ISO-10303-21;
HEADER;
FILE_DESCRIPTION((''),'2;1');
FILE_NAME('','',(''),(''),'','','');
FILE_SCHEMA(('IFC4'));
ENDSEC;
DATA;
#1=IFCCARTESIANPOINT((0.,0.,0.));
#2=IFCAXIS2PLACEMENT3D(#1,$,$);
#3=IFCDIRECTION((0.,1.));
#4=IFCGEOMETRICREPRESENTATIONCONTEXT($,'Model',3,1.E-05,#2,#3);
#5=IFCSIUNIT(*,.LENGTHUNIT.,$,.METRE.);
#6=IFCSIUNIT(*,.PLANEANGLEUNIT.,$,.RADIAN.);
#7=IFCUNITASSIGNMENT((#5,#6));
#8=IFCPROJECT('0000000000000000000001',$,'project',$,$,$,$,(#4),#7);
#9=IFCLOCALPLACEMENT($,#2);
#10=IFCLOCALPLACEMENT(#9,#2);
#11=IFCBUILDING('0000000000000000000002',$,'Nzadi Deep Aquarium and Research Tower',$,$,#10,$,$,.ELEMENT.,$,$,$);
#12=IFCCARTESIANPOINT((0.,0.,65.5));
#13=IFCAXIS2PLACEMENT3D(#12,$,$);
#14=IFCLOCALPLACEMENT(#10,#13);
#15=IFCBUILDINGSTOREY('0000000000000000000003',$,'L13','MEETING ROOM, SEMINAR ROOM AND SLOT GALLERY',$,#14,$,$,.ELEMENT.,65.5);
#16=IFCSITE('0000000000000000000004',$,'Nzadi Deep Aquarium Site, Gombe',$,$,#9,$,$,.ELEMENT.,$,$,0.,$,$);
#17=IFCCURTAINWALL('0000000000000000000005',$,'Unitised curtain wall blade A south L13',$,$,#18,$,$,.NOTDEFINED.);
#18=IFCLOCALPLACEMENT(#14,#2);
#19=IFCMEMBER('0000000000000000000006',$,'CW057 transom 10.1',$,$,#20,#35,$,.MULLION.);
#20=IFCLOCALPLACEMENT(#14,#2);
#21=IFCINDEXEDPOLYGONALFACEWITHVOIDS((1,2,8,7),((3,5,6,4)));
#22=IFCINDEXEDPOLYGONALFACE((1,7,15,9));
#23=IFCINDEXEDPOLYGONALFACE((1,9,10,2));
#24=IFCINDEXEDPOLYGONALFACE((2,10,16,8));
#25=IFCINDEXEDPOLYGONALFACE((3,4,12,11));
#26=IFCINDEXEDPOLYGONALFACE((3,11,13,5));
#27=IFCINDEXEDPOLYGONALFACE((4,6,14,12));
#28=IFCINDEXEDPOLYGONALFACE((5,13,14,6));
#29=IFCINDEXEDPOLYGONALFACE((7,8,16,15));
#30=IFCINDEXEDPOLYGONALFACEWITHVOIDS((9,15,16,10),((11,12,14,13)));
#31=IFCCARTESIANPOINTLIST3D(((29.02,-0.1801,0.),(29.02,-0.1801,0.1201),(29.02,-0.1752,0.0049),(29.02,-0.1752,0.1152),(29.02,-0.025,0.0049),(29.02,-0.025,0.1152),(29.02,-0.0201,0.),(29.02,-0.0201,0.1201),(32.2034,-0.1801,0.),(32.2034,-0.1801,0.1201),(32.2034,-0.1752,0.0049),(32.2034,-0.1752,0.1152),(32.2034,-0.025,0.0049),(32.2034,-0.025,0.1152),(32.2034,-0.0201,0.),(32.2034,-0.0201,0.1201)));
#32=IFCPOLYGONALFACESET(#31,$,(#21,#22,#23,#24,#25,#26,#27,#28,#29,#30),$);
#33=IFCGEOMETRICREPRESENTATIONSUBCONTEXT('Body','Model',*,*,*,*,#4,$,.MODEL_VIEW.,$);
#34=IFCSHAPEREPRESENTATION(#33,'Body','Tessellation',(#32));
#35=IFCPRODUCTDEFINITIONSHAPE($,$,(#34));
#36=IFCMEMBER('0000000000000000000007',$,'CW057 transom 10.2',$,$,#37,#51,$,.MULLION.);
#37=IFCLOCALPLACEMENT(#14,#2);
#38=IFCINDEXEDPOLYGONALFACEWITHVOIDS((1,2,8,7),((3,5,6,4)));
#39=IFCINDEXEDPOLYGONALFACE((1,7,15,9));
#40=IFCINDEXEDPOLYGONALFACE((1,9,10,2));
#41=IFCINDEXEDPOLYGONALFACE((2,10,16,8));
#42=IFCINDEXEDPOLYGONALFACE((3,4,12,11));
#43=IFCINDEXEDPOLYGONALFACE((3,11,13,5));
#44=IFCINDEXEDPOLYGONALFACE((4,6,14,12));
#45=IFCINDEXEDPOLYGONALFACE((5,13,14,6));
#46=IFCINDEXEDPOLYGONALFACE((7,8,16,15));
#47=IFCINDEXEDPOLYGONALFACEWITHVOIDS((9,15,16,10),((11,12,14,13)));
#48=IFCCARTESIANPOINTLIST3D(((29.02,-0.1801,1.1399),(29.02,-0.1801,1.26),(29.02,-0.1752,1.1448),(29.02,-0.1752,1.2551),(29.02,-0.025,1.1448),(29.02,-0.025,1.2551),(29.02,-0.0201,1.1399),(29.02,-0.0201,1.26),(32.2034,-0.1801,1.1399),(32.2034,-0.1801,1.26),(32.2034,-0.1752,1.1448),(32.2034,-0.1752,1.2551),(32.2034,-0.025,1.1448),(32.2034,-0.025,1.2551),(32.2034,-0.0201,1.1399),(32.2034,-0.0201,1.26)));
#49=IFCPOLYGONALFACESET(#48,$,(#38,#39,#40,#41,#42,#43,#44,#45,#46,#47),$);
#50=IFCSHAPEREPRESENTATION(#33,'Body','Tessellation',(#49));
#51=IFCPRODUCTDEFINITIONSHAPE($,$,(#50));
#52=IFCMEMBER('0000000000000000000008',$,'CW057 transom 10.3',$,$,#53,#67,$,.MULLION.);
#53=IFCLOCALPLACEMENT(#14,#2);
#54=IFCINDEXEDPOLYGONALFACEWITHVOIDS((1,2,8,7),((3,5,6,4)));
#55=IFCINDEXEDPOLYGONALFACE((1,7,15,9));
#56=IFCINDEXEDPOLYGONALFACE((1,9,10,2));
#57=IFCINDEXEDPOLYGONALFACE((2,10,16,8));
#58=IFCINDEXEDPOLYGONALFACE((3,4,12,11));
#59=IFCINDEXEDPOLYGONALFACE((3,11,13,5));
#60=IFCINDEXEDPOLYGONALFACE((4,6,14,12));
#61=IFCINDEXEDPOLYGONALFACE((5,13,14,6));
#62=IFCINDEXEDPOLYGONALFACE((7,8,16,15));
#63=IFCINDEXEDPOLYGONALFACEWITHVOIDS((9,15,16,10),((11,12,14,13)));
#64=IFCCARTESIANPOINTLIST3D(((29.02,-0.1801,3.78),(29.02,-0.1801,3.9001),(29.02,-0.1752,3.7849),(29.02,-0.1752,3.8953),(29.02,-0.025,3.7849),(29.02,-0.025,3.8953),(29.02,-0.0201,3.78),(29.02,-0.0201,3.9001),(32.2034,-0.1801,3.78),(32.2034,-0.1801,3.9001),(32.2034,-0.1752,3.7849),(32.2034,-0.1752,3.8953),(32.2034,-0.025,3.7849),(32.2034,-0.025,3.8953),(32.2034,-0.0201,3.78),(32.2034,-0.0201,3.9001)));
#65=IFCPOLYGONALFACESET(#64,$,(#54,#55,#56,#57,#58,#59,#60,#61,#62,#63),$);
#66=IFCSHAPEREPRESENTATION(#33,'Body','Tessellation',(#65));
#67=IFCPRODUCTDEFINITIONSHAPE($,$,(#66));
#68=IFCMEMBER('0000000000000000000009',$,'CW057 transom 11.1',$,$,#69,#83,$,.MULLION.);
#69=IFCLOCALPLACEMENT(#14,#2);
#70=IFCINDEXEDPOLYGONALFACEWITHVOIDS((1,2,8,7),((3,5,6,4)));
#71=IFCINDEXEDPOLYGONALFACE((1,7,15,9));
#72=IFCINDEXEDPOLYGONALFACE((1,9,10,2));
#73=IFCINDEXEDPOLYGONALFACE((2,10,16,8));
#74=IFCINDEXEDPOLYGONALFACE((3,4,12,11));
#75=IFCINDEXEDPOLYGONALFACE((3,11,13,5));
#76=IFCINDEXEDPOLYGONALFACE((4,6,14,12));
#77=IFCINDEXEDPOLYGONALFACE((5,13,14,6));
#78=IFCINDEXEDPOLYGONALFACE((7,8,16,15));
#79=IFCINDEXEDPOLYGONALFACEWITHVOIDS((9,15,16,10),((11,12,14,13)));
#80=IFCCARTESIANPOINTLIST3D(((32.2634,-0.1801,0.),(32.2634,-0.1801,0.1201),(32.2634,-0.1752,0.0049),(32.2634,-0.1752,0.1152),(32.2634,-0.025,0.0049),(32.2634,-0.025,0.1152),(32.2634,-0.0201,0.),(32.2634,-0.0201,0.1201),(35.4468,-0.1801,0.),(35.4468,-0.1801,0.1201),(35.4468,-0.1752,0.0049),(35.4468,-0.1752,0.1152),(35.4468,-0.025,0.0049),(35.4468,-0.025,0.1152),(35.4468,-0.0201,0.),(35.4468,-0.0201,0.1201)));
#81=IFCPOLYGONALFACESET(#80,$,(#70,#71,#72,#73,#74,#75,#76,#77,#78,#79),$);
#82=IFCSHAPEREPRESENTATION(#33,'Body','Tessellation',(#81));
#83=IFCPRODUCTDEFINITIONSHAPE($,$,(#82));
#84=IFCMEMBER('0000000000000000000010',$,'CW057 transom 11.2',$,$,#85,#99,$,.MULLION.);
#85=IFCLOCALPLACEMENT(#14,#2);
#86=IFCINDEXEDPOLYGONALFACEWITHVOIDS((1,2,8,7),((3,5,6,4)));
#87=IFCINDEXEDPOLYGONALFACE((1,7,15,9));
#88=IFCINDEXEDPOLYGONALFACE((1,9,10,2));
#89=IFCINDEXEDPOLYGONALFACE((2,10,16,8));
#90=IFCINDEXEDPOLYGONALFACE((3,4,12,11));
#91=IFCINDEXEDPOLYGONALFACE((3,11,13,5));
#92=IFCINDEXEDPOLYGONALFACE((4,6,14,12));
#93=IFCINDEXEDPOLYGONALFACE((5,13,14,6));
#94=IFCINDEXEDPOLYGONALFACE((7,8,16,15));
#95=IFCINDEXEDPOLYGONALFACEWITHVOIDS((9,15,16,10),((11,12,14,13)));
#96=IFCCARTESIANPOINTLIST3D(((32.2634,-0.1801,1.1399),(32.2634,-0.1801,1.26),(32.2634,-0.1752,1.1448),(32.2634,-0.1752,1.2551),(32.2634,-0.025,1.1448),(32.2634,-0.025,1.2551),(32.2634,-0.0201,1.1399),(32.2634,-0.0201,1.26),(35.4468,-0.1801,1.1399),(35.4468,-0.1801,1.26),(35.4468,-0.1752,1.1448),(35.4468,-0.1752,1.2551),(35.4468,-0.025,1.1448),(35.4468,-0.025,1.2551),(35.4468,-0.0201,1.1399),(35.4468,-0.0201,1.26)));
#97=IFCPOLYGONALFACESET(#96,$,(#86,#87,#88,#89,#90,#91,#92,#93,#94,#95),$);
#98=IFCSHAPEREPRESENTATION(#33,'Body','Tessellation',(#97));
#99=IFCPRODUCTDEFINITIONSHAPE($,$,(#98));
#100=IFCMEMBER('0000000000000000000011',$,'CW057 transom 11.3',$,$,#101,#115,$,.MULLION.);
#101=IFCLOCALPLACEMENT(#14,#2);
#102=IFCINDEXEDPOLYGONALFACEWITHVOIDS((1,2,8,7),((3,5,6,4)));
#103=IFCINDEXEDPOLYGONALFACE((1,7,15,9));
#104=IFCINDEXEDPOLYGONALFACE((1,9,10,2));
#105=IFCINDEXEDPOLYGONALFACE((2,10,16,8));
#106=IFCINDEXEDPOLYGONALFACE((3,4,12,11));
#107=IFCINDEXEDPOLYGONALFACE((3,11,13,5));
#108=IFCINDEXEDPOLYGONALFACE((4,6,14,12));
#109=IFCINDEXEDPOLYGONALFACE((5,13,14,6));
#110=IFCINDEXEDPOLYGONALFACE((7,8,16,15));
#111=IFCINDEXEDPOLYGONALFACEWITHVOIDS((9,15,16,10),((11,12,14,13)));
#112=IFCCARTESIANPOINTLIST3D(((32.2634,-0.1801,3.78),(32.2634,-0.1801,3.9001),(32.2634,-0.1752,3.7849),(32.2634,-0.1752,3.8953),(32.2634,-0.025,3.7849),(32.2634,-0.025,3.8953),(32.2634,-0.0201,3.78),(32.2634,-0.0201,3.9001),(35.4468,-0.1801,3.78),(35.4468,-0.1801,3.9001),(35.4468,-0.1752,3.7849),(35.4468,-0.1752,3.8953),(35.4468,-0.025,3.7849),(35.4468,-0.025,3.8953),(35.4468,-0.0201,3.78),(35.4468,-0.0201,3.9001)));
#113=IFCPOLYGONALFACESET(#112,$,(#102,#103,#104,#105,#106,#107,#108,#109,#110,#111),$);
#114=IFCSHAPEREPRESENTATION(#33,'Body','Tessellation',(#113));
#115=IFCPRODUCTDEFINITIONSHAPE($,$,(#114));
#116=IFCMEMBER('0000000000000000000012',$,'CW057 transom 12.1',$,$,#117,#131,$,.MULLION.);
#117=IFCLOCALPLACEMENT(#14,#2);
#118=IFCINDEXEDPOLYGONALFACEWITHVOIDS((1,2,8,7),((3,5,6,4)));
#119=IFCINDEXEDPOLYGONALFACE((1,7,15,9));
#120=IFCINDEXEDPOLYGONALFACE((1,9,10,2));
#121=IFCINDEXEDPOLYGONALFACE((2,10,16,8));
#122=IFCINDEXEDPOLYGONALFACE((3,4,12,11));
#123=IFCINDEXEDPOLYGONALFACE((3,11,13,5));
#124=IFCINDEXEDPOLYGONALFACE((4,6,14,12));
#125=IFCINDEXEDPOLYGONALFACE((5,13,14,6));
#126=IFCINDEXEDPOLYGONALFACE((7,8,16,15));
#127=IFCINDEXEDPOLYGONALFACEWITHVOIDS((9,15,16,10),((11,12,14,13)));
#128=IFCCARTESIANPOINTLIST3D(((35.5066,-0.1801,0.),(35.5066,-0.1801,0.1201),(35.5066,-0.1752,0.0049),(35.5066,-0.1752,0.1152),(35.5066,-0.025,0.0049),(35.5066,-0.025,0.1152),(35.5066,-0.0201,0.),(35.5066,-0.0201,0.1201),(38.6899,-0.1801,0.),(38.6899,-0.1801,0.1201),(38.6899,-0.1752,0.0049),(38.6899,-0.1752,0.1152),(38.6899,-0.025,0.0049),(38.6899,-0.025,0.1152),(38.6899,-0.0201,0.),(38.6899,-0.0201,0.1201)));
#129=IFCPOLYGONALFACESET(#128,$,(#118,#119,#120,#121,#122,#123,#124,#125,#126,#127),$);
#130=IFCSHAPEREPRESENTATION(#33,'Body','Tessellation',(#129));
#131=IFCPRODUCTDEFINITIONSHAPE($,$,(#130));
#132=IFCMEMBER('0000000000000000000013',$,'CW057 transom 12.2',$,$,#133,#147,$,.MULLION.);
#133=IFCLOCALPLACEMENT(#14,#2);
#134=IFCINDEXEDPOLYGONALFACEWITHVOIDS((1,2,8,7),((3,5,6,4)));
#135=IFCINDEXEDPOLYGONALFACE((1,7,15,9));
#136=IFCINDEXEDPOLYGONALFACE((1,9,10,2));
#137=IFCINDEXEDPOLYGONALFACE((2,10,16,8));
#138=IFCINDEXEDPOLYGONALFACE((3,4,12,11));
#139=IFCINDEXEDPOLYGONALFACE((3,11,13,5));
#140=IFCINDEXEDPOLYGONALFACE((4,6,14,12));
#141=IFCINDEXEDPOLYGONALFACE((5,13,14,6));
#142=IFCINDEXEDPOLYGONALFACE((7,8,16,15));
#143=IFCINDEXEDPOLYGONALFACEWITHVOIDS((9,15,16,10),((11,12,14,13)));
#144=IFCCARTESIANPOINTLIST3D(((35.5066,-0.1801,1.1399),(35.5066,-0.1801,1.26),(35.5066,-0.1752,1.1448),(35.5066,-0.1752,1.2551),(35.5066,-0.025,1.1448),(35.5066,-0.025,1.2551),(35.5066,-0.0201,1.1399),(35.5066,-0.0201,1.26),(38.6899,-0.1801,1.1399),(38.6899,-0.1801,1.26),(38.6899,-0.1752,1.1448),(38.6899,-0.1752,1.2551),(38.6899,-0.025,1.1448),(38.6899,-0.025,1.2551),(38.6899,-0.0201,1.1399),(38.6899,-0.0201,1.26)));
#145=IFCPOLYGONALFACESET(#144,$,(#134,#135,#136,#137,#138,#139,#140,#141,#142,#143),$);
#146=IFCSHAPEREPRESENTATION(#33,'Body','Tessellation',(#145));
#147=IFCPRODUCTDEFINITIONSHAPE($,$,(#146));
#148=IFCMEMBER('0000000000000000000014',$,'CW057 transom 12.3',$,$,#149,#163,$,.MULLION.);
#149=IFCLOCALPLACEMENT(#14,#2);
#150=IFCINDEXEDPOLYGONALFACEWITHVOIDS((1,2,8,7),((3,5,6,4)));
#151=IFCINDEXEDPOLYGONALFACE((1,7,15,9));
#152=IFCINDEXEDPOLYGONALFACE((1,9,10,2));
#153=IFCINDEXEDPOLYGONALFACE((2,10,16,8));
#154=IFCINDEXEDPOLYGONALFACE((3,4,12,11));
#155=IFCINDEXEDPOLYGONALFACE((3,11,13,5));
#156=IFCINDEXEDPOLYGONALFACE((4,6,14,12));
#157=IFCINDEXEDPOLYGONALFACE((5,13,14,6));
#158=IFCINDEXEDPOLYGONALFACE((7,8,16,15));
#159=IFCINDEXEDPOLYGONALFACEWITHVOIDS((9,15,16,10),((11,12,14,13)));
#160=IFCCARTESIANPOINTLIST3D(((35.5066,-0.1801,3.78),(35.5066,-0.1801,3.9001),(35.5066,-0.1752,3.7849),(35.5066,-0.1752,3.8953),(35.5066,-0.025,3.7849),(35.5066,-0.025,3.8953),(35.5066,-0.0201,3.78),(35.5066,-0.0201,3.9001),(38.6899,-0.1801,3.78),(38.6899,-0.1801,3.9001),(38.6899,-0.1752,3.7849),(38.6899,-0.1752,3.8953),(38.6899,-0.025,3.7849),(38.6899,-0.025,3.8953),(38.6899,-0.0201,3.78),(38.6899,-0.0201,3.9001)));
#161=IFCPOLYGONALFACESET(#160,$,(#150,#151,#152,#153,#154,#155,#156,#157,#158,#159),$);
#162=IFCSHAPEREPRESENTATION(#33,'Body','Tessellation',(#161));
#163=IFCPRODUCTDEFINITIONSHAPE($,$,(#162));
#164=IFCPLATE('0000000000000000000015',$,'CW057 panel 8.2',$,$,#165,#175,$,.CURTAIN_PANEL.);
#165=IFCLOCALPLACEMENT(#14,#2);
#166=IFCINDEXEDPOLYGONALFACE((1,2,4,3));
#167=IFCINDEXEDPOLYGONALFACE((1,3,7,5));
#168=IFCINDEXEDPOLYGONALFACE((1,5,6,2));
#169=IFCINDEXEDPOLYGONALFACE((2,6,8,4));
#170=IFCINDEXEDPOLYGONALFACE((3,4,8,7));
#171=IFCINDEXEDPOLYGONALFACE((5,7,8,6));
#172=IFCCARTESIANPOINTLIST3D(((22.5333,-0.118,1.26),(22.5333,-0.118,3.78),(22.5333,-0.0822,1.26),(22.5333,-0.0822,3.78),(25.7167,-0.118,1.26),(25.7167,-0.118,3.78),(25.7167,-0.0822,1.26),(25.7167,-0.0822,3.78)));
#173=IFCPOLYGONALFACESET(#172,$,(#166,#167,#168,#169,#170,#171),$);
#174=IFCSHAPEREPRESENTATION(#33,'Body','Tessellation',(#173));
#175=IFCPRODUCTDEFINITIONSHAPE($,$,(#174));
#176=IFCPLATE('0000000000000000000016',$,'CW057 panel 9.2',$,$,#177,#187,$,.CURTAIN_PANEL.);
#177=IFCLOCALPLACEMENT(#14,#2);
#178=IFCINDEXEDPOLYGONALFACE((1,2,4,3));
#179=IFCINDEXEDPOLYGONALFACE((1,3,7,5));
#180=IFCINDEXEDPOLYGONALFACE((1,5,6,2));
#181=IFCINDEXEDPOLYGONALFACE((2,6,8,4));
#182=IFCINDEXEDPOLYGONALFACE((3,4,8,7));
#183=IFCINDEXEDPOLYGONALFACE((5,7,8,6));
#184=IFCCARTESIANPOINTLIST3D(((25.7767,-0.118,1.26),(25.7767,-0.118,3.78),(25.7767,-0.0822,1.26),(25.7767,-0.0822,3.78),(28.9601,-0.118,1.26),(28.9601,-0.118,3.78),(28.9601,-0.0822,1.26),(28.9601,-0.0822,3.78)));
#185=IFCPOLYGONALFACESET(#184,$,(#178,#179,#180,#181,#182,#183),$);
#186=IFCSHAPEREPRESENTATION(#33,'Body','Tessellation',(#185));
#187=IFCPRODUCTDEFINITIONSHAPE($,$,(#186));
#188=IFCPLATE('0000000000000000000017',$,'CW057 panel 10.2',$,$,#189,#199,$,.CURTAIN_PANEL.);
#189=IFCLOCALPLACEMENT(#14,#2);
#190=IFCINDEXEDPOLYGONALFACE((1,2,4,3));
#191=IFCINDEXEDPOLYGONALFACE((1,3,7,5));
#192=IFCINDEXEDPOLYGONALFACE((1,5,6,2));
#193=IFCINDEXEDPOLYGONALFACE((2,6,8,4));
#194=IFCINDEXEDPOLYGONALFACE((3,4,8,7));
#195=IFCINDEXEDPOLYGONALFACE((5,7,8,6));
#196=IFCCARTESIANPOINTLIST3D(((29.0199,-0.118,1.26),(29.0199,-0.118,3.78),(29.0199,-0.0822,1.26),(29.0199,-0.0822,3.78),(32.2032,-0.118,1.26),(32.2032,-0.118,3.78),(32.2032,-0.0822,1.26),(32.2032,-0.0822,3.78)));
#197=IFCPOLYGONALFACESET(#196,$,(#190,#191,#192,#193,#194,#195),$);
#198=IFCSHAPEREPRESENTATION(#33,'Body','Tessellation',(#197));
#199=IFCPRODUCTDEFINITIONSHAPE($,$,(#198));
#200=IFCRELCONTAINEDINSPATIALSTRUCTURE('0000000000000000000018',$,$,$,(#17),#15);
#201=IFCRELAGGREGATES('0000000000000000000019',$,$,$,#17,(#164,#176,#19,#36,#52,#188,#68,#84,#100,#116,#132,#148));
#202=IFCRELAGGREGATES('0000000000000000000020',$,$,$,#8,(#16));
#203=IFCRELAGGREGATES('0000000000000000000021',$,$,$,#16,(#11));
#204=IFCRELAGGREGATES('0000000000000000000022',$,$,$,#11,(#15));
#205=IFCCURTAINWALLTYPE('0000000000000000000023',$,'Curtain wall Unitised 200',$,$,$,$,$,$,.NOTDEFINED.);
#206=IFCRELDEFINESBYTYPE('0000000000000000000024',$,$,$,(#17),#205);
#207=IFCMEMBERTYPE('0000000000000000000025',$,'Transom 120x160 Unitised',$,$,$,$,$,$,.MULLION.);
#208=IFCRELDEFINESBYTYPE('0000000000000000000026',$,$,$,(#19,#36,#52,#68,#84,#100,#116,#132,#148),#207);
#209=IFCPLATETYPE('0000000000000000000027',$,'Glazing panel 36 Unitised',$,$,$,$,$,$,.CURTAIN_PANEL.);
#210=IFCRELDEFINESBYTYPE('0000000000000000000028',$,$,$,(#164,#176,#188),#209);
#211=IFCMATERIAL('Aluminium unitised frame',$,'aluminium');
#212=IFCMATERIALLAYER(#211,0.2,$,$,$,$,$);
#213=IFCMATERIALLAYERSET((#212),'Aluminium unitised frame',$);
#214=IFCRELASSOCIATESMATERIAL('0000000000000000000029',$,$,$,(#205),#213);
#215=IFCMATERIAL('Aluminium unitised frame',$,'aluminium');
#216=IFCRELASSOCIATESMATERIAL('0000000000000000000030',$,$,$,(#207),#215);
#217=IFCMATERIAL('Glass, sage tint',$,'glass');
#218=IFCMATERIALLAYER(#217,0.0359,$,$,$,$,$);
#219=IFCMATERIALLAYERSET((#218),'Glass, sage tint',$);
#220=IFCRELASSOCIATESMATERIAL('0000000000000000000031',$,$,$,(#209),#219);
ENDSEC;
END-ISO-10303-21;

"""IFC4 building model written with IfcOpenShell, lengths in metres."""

from ifc_helpers import new_model, si_unit, direction, frame, origin, origin_2d, place, context, subcontext, project, spatial, rectangle, hollow_rectangle, extrude, material, layer, layer_set, material_profile, profile_set, type_object, element, aggregate, save


model = new_model("IFC4")

# Units and contexts
model_context = context("Model", 3, precision=1e-05, world=origin(), true_north=direction((0.0, 1.0)))
body_context = subcontext(model_context, "Body", "Model", "MODEL_VIEW")
ifc_project = project(units=[si_unit("LENGTHUNIT", "METRE"), si_unit("PLANEANGLEUNIT", "RADIAN")], contexts=[model_context])

# Site, building, storey
site_placement = place(None, origin())
site = spatial("IfcSite", under=ifc_project, at=site_placement, Name="Nzadi Deep Aquarium Site, Gombe", CompositionType="ELEMENT", RefElevation=0.0)
building_placement = place(site_placement, origin())
building = spatial("IfcBuilding", under=site, at=building_placement, Name="Nzadi Deep Aquarium and Research Tower", CompositionType="ELEMENT")
storey_placement = place(building_placement, frame((0.0, 0.0, 65.5)))
storey = spatial("IfcBuildingStorey", under=building, at=storey_placement, Name="L13", Description="MEETING ROOM, SEMINAR ROOM AND SLOT GALLERY", CompositionType="ELEMENT", Elevation=65.5)

# Curtain wall
ifc_material_1 = material(Name="Aluminium unitised frame", Category="aluminium")
ifc_layer_1 = layer(ifc_material_1, 0.2)
ifc_layer_set_1 = layer_set([ifc_layer_1], Name="Aluminium unitised frame")
curtain_wall_type = type_object("IfcCurtainWallType", Name="Curtain wall Unitised 200", PredefinedType="NOTDEFINED", material=ifc_layer_set_1)
curtain_wall_placement = place(storey_placement, origin())
curtain_wall = element("IfcCurtainWall", 1, at=curtain_wall_placement, inside=storey, type_object=curtain_wall_type, Name="Unitised curtain wall blade A south L13", PredefinedType="NOTDEFINED")

# Members
ifc_material_2 = material(Name="Aluminium unitised frame", Category="aluminium")
ifc_material_profile_1 = material_profile(ifc_material_2, hollow_rectangle(XDim=0.1599, YDim=0.1201, WallThickness=0.0049, at=origin_2d()))
ifc_profile_set_1 = profile_set([ifc_material_profile_1], Name="Aluminium unitised frame")
member_type_1 = type_object("IfcMemberType", Name="Transom 120x160 Unitised", PredefinedType="MULLION", material=ifc_profile_set_1)
member_1_placement = place(storey_placement, frame((29.02, -0.1001, 0.0601), z_axis=(1.0, 0.0, 0.0), x_axis=(0.0, 1.0, 0.0)))
member_1 = element("IfcMember", 2, at=member_1_placement, type_object=member_type_1, Name="CW057 transom 10.1", PredefinedType="MULLION", context=body_context, shape_type="SweptSolid", body=[
    extrude(hollow_rectangle(XDim=0.1599, YDim=0.1201, WallThickness=0.0049, at=origin_2d()), origin(), (0.0, 0.0, 1.0), 3.1833),
])
member_2_placement = place(storey_placement, frame((29.02, -0.1001, 1.2), z_axis=(1.0, 0.0, 0.0), x_axis=(0.0, 1.0, 0.0)))
member_2 = element("IfcMember", 3, at=member_2_placement, type_object=member_type_1, Name="CW057 transom 10.2", PredefinedType="MULLION", context=body_context, shape_type="SweptSolid", body=[
    extrude(hollow_rectangle(XDim=0.1599, YDim=0.1201, WallThickness=0.0049, at=origin_2d()), origin(), (0.0, 0.0, 1.0), 3.1833),
])
member_3_placement = place(storey_placement, frame((29.02, -0.1001, 3.8401), z_axis=(1.0, 0.0, 0.0), x_axis=(0.0, 1.0, 0.0)))
member_3 = element("IfcMember", 4, at=member_3_placement, type_object=member_type_1, Name="CW057 transom 10.3", PredefinedType="MULLION", context=body_context, shape_type="SweptSolid", body=[
    extrude(hollow_rectangle(XDim=0.1599, YDim=0.1201, WallThickness=0.0049, at=origin_2d()), origin(), (0.0, 0.0, 1.0), 3.1833),
])
member_4_placement = place(storey_placement, frame((32.2634, -0.1001, 0.0601), z_axis=(1.0, 0.0, 0.0), x_axis=(0.0, 1.0, 0.0)))
member_4 = element("IfcMember", 5, at=member_4_placement, type_object=member_type_1, Name="CW057 transom 11.1", PredefinedType="MULLION", context=body_context, shape_type="SweptSolid", body=[
    extrude(hollow_rectangle(XDim=0.1599, YDim=0.1201, WallThickness=0.0049, at=origin_2d()), origin(), (0.0, 0.0, 1.0), 3.1833),
])
member_5_placement = place(storey_placement, frame((32.2634, -0.1001, 1.2), z_axis=(1.0, 0.0, 0.0), x_axis=(0.0, 1.0, 0.0)))
member_5 = element("IfcMember", 6, at=member_5_placement, type_object=member_type_1, Name="CW057 transom 11.2", PredefinedType="MULLION", context=body_context, shape_type="SweptSolid", body=[
    extrude(hollow_rectangle(XDim=0.1599, YDim=0.1201, WallThickness=0.0049, at=origin_2d()), origin(), (0.0, 0.0, 1.0), 3.1833),
])
member_6_placement = place(storey_placement, frame((32.2634, -0.1001, 3.8401), z_axis=(1.0, 0.0, 0.0), x_axis=(0.0, 1.0, 0.0)))
member_6 = element("IfcMember", 7, at=member_6_placement, type_object=member_type_1, Name="CW057 transom 11.3", PredefinedType="MULLION", context=body_context, shape_type="SweptSolid", body=[
    extrude(hollow_rectangle(XDim=0.1599, YDim=0.1201, WallThickness=0.0049, at=origin_2d()), origin(), (0.0, 0.0, 1.0), 3.1833),
])
member_7_placement = place(storey_placement, frame((35.5066, -0.1001, 0.0601), z_axis=(1.0, 0.0, 0.0), x_axis=(0.0, 1.0, 0.0)))
member_7 = element("IfcMember", 8, at=member_7_placement, type_object=member_type_1, Name="CW057 transom 12.1", PredefinedType="MULLION", context=body_context, shape_type="SweptSolid", body=[
    extrude(hollow_rectangle(XDim=0.1599, YDim=0.1201, WallThickness=0.0049, at=origin_2d()), origin(), (0.0, 0.0, 1.0), 3.1833),
])
member_8_placement = place(storey_placement, frame((35.5066, -0.1001, 1.2), z_axis=(1.0, 0.0, 0.0), x_axis=(0.0, 1.0, 0.0)))
member_8 = element("IfcMember", 9, at=member_8_placement, type_object=member_type_1, Name="CW057 transom 12.2", PredefinedType="MULLION", context=body_context, shape_type="SweptSolid", body=[
    extrude(hollow_rectangle(XDim=0.1599, YDim=0.1201, WallThickness=0.0049, at=origin_2d()), origin(), (0.0, 0.0, 1.0), 3.1833),
])
member_9_placement = place(storey_placement, frame((35.5066, -0.1001, 3.8401), z_axis=(1.0, 0.0, 0.0), x_axis=(0.0, 1.0, 0.0)))
member_9 = element("IfcMember", 10, at=member_9_placement, type_object=member_type_1, Name="CW057 transom 12.3", PredefinedType="MULLION", context=body_context, shape_type="SweptSolid", body=[
    extrude(hollow_rectangle(XDim=0.1599, YDim=0.1201, WallThickness=0.0049, at=origin_2d()), origin(), (0.0, 0.0, 1.0), 3.1833),
])

# Plates
ifc_material_3 = material(Name="Glass, sage tint", Category="glass")
ifc_layer_2 = layer(ifc_material_3, 0.0359)
ifc_layer_set_2 = layer_set([ifc_layer_2], Name="Glass, sage tint")
plate_type_1 = type_object("IfcPlateType", Name="Glazing panel 36 Unitised", PredefinedType="CURTAIN_PANEL", material=ifc_layer_set_2)
plate_1_placement = place(storey_placement, frame((24.125, -0.1001, 1.26), z_axis=(0.0, 0.0, 1.0), x_axis=(1.0, 0.0, 0.0)))
plate_1 = element("IfcPlate", 11, at=plate_1_placement, type_object=plate_type_1, Name="CW057 panel 8.2", PredefinedType="CURTAIN_PANEL", context=body_context, shape_type="SweptSolid", body=[
    extrude(rectangle(XDim=3.1833, YDim=0.0359, at=origin_2d()), origin(), (0.0, 0.0, 1.0), 2.52),
])
plate_2_placement = place(storey_placement, frame((27.3684, -0.1001, 1.26), z_axis=(0.0, 0.0, 1.0), x_axis=(1.0, 0.0, 0.0)))
plate_2 = element("IfcPlate", 12, at=plate_2_placement, type_object=plate_type_1, Name="CW057 panel 9.2", PredefinedType="CURTAIN_PANEL", context=body_context, shape_type="SweptSolid", body=[
    extrude(rectangle(XDim=3.1833, YDim=0.0359, at=origin_2d()), origin(), (0.0, 0.0, 1.0), 2.52),
])
plate_3_placement = place(storey_placement, frame((30.6116, -0.1001, 1.26), z_axis=(0.0, 0.0, 1.0), x_axis=(1.0, 0.0, 0.0)))
plate_3 = element("IfcPlate", 13, at=plate_3_placement, type_object=plate_type_1, Name="CW057 panel 10.2", PredefinedType="CURTAIN_PANEL", context=body_context, shape_type="SweptSolid", body=[
    extrude(rectangle(XDim=3.1833, YDim=0.0359, at=origin_2d()), origin(), (0.0, 0.0, 1.0), 2.52),
])
aggregate(curtain_wall, [plate_1, plate_2, member_1, member_2, member_3, plate_3, member_4, member_5, member_6, member_7, member_8, member_9])

save(model, "model.ifc")
